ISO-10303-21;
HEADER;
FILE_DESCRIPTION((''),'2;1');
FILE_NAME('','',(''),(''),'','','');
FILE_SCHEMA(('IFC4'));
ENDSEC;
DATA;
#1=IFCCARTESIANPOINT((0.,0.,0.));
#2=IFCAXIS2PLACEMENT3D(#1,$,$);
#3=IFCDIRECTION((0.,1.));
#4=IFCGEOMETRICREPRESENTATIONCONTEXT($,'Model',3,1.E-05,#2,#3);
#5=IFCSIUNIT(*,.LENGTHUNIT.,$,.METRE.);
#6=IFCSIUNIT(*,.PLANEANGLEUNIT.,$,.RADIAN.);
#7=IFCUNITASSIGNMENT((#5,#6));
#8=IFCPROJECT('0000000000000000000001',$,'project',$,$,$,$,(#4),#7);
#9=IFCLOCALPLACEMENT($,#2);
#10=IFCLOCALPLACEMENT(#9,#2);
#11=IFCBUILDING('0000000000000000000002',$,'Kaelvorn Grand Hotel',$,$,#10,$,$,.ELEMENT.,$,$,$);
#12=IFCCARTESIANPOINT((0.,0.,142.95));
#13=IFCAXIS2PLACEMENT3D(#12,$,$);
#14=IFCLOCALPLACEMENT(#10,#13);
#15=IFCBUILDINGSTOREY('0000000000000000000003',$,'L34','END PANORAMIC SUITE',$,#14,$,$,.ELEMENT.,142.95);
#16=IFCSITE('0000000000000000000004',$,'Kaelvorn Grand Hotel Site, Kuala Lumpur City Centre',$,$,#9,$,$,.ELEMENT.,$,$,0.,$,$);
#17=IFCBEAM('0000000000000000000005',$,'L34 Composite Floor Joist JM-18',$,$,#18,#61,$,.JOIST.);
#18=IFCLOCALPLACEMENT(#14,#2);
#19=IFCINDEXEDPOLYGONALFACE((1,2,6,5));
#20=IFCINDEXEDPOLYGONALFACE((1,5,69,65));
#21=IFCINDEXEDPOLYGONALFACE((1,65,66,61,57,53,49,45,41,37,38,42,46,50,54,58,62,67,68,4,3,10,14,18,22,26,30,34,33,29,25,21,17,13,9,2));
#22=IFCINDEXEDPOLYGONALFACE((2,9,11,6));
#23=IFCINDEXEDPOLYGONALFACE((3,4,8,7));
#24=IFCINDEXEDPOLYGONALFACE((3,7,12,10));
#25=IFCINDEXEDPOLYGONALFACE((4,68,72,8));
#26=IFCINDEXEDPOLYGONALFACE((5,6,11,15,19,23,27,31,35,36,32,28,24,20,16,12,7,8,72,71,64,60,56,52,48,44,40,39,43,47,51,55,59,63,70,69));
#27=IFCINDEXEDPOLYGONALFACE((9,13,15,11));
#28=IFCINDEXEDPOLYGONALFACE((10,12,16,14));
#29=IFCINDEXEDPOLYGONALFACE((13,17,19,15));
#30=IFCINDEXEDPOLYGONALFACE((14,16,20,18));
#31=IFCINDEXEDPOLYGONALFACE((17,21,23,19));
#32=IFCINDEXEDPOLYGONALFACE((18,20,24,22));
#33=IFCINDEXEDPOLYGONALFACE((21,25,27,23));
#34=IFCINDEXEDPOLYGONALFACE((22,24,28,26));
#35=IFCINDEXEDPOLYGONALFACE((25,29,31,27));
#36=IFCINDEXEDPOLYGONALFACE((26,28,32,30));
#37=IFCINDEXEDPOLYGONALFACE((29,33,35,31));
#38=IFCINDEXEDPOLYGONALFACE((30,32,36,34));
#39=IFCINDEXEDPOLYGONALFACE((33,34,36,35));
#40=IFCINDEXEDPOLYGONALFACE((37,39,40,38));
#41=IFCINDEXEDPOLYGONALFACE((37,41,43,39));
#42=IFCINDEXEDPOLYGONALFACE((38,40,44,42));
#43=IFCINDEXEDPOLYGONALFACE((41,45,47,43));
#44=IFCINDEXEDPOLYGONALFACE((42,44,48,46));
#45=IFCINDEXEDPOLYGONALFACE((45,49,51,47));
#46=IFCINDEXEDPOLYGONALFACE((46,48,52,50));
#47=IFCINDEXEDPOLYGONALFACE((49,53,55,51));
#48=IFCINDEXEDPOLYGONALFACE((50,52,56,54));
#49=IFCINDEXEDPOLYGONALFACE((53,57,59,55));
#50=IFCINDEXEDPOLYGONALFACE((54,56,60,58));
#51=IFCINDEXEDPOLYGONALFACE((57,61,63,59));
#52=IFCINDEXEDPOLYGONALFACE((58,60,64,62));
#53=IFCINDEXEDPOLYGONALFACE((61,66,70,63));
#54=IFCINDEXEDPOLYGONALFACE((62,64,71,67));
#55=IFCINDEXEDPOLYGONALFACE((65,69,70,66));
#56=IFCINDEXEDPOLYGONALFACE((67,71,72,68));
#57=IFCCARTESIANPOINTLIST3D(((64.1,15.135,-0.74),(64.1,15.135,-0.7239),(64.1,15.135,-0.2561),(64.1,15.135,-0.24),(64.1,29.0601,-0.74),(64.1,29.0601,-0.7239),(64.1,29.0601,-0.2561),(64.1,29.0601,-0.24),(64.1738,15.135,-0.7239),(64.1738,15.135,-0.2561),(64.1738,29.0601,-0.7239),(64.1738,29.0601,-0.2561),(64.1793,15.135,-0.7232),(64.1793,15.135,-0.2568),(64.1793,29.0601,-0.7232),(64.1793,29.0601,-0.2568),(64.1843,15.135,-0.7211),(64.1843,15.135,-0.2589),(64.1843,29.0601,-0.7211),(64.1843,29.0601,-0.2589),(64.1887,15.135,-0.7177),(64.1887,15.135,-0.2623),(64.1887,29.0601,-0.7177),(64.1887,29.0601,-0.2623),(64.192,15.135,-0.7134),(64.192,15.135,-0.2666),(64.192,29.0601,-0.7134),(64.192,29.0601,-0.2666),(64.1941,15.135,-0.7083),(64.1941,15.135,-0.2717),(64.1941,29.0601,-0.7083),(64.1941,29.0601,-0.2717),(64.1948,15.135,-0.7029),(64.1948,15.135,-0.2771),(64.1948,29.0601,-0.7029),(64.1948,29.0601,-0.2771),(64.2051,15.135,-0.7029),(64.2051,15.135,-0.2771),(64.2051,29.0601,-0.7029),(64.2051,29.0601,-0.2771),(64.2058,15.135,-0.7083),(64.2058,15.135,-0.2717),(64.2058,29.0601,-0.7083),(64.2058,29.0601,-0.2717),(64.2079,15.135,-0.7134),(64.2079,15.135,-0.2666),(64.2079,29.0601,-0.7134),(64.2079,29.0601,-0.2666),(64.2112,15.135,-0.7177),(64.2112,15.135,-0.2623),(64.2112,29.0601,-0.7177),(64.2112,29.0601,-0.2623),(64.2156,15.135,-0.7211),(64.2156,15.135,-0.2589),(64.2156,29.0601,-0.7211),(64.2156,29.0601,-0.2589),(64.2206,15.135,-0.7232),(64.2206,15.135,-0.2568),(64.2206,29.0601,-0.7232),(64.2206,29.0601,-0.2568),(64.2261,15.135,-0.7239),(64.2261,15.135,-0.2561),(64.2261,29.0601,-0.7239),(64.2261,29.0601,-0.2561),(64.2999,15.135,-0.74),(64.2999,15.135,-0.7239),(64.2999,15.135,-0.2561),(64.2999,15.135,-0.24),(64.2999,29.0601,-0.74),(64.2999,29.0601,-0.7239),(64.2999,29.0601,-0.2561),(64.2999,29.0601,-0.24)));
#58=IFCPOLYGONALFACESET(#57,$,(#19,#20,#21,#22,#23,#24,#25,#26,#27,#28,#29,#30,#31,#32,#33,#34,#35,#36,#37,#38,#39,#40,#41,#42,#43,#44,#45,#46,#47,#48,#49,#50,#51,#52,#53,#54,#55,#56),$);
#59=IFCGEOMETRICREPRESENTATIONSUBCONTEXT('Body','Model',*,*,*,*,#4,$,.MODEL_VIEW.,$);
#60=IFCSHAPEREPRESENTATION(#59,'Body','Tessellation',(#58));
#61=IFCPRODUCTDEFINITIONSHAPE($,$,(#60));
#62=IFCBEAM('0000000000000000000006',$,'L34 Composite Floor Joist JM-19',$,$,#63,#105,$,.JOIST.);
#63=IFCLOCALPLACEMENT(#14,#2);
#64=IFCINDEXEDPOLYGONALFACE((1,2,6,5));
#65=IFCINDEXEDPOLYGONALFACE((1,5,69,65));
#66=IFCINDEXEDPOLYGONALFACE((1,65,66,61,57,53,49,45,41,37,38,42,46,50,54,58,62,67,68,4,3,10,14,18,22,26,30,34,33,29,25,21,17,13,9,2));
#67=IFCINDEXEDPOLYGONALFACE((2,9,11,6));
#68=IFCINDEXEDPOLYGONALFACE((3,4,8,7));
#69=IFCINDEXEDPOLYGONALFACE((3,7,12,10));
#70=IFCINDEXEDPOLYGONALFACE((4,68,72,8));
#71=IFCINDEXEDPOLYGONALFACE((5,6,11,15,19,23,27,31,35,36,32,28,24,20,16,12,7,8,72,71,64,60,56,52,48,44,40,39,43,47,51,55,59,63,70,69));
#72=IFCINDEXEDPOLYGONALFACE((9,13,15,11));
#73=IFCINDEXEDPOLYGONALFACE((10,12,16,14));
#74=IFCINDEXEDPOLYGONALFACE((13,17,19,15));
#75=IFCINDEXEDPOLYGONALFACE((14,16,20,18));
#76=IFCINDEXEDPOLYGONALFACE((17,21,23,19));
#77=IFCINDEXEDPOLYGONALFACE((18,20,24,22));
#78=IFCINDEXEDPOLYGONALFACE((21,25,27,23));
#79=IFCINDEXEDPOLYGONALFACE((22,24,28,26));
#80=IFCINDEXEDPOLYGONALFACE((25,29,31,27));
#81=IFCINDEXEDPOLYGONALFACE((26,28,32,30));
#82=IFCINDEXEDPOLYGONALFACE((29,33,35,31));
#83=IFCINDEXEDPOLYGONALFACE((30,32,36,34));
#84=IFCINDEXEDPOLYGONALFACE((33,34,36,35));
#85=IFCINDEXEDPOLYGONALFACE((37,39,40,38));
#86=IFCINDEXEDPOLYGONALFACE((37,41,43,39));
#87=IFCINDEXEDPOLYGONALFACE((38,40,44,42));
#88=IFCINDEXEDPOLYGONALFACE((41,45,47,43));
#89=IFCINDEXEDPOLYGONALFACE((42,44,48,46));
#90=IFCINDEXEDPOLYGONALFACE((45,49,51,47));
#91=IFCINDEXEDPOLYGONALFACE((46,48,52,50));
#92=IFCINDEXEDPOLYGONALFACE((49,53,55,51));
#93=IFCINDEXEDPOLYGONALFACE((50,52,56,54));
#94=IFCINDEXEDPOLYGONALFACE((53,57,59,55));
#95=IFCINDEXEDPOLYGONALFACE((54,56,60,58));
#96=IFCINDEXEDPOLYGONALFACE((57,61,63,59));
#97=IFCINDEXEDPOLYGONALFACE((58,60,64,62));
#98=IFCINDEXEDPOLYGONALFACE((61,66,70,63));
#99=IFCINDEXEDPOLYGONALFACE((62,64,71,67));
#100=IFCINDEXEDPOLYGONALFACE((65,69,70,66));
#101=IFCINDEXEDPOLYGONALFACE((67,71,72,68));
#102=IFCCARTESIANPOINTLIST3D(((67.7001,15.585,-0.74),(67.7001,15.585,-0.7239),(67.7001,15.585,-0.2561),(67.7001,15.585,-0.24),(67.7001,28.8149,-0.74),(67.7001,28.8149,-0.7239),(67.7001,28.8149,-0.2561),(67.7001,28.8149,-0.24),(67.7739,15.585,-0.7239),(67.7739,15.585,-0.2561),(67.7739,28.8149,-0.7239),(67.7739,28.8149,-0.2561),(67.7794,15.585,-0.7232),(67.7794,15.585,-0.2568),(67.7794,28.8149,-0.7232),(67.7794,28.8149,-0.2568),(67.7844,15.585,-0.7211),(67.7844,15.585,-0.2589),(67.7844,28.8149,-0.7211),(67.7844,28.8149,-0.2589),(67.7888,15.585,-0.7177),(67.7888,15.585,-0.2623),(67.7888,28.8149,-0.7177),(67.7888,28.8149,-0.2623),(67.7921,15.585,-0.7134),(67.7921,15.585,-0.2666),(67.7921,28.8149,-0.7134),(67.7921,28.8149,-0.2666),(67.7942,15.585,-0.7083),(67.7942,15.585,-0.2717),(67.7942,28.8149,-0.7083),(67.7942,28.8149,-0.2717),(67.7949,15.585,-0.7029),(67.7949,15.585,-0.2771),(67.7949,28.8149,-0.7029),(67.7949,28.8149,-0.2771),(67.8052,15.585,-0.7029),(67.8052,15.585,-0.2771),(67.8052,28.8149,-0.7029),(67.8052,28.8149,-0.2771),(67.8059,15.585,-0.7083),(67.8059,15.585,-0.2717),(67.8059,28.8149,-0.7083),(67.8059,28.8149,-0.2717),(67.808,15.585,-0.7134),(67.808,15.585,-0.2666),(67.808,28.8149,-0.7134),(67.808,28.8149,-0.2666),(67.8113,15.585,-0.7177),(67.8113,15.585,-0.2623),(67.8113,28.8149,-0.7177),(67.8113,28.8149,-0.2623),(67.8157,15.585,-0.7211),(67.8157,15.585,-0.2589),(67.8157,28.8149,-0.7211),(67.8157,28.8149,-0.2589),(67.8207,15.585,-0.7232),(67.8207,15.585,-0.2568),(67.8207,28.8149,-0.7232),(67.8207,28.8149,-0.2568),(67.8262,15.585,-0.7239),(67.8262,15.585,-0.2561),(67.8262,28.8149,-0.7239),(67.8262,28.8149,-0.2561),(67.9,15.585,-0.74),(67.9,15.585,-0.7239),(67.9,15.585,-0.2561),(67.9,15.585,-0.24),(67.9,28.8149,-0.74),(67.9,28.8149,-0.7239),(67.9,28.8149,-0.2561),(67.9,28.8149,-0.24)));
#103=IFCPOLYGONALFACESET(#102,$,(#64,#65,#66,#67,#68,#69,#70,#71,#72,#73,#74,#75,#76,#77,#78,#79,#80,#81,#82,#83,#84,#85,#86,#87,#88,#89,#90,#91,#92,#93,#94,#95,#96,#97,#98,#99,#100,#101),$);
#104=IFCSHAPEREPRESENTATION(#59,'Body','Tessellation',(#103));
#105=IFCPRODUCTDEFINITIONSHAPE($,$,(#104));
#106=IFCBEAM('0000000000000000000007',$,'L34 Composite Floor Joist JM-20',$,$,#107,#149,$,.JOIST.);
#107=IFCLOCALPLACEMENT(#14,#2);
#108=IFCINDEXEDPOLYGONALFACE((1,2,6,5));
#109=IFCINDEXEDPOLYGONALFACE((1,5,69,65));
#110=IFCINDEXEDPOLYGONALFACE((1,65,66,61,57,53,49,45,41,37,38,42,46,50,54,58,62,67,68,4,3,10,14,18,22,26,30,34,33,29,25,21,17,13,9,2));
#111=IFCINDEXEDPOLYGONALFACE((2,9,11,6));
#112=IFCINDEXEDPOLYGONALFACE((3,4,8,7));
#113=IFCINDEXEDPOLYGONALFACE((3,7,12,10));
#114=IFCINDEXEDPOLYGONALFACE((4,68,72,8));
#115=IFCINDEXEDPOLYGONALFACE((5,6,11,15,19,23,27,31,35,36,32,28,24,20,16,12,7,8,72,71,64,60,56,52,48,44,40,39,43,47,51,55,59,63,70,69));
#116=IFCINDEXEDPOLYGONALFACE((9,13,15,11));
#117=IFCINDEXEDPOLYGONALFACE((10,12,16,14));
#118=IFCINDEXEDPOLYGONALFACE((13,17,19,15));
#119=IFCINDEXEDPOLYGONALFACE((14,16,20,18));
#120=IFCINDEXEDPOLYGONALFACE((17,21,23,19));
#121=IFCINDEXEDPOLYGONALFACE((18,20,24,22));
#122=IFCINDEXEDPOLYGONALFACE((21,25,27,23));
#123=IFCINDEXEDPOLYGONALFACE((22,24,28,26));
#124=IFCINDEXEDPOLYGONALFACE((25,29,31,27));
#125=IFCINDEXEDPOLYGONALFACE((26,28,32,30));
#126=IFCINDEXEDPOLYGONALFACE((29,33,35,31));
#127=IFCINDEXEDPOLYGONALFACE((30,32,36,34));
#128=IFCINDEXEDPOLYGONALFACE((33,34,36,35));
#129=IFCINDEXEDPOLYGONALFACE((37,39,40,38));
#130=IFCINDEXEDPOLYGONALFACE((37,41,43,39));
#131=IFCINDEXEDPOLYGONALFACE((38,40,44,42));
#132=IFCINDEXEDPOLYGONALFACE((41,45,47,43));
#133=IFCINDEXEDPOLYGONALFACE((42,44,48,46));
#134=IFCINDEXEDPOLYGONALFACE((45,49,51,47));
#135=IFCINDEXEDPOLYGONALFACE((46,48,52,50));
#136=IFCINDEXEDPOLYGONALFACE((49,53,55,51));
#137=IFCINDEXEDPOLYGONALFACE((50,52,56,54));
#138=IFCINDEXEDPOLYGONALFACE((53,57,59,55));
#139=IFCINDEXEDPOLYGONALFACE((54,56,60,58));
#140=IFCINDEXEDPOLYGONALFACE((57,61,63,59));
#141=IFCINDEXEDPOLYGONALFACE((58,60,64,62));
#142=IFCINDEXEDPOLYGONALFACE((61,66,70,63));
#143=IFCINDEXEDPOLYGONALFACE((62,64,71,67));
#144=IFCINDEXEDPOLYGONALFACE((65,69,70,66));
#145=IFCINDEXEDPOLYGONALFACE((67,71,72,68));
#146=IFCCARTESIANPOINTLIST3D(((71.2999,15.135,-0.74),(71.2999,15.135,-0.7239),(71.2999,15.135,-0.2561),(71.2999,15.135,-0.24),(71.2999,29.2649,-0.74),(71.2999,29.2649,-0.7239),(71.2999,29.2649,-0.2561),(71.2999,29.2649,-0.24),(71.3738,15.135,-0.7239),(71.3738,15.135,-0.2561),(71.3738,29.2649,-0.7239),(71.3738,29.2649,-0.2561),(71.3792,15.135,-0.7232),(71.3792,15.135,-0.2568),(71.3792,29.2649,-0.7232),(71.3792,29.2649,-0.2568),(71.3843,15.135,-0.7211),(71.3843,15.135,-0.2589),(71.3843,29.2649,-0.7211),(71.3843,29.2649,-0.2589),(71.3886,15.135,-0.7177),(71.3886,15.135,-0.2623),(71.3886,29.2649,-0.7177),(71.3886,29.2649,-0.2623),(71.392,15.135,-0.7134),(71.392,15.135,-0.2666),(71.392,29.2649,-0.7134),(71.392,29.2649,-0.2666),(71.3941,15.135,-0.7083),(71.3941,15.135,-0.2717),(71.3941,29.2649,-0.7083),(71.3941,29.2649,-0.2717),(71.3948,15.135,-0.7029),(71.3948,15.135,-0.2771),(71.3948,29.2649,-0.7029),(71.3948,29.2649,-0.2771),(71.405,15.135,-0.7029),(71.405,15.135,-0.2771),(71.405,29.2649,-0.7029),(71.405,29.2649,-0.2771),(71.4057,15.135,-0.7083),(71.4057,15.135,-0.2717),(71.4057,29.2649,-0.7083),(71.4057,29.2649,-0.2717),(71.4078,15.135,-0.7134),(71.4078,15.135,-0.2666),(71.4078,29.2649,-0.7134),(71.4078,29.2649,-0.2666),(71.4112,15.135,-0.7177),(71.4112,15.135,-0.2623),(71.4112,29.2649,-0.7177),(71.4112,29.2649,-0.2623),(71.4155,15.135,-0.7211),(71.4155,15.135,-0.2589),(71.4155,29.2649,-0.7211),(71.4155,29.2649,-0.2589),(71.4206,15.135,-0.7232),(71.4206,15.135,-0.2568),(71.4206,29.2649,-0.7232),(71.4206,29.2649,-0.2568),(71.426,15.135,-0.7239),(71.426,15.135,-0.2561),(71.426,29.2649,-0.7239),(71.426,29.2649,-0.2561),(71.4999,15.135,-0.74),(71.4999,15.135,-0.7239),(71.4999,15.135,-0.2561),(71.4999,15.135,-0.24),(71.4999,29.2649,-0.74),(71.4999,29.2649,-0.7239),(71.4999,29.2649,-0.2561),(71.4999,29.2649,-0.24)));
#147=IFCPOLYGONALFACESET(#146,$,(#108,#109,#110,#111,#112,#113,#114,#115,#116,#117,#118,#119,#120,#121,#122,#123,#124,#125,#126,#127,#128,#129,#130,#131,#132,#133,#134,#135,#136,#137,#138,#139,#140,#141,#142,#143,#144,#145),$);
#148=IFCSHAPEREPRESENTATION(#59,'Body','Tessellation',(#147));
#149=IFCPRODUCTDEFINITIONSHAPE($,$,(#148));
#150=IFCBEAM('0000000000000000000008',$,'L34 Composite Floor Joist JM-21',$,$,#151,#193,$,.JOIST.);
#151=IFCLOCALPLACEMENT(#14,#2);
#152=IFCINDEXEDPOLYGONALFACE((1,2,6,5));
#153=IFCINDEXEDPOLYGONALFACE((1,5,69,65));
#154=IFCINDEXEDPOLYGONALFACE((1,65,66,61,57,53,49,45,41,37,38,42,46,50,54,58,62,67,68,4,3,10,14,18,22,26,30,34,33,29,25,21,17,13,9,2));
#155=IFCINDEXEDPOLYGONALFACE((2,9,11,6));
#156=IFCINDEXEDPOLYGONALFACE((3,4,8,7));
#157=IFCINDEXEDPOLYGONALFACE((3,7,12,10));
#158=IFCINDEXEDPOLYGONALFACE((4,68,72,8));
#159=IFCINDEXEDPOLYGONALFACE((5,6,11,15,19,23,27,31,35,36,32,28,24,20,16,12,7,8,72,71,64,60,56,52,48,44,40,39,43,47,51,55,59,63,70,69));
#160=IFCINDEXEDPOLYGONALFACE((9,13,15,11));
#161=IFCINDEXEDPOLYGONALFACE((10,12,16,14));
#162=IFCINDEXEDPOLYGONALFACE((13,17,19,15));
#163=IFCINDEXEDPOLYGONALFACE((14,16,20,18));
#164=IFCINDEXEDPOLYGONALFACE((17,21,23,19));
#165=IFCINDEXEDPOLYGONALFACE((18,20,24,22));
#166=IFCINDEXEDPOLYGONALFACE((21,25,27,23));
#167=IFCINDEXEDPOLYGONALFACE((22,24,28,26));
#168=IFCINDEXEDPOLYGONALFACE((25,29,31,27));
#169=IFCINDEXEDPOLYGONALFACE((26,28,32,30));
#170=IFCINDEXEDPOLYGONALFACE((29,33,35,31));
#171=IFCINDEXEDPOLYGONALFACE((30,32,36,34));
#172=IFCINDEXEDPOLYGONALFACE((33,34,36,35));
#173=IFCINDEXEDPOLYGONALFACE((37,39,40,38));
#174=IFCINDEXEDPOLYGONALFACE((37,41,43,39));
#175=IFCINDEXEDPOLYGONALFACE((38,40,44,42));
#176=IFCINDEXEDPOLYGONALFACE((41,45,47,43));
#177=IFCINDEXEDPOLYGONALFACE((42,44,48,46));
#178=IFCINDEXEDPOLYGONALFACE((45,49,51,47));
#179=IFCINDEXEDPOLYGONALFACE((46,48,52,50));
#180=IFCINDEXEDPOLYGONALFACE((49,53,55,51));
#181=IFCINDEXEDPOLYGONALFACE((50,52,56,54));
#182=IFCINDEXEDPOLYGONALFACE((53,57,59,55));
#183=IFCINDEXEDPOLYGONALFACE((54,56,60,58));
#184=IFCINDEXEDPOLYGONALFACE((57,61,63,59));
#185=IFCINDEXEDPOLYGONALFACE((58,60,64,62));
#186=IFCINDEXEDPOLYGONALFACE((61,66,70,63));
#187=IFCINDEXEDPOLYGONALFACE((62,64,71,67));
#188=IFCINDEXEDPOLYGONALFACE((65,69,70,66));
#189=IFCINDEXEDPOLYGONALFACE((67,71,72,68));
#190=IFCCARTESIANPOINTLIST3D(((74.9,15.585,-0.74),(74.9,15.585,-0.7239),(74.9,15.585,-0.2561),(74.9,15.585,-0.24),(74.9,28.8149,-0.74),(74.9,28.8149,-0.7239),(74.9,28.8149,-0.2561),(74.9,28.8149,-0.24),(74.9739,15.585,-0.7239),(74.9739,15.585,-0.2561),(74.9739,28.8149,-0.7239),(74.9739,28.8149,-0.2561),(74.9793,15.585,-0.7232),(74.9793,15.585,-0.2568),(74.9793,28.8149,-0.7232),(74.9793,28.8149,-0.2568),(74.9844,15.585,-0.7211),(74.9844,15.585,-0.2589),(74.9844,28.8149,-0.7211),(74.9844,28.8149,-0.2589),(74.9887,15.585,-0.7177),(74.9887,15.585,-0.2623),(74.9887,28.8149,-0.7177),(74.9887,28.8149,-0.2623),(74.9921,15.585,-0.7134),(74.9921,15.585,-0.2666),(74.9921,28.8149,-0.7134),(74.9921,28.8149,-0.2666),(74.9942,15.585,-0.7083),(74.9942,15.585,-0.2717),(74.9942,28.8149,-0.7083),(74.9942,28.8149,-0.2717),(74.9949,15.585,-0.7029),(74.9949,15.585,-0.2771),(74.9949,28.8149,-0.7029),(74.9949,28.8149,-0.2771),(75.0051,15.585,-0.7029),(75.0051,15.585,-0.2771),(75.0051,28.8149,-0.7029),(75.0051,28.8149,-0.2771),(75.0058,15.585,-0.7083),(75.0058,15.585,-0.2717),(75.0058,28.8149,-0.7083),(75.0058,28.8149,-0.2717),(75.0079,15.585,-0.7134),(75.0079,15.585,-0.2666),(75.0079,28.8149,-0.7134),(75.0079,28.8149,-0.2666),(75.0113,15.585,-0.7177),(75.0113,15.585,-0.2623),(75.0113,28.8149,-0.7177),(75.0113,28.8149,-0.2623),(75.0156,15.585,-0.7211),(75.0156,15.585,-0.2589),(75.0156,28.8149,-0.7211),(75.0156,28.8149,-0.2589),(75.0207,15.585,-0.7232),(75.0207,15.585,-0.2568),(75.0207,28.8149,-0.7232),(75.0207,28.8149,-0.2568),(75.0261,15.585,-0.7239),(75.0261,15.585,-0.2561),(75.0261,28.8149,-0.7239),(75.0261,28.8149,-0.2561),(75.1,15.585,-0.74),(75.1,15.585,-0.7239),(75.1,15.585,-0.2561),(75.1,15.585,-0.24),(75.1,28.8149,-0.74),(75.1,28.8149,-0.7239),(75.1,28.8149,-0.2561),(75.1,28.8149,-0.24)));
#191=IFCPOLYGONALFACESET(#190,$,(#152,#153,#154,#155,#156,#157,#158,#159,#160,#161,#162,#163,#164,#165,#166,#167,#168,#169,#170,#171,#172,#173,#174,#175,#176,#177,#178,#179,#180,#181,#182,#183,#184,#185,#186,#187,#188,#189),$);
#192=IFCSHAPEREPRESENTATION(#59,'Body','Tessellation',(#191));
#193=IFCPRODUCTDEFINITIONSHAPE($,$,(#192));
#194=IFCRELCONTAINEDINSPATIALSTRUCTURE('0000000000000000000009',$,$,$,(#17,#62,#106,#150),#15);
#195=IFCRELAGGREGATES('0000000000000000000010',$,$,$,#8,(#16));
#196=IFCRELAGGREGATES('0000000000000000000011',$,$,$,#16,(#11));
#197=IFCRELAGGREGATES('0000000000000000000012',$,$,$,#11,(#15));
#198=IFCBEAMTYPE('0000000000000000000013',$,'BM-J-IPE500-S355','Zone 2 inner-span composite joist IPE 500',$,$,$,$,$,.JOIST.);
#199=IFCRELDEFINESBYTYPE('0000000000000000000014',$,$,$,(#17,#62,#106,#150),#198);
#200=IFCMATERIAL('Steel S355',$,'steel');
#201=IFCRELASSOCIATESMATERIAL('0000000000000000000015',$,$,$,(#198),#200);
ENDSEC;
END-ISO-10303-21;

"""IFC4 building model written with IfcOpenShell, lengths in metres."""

from ifc_helpers import new_model, si_unit, direction, frame, origin, origin_2d, place, context, subcontext, project, spatial, i_section, extrude, material, material_profile, profile_set, type_object, element, save


model = new_model("IFC4")

# Units and contexts
model_context = context("Model", 3, precision=1e-05, world=origin(), true_north=direction((0.0, 1.0)))
body_context = subcontext(model_context, "Body", "Model", "MODEL_VIEW")
ifc_project = project(units=[si_unit("LENGTHUNIT", "METRE"), si_unit("PLANEANGLEUNIT", "RADIAN")], contexts=[model_context])

# Site, building, storey
site_placement = place(None, origin())
site = spatial("IfcSite", under=ifc_project, at=site_placement, Name="Kaelvorn Grand Hotel Site, Kuala Lumpur City Centre", CompositionType="ELEMENT", RefElevation=0.0)
building_placement = place(site_placement, origin())
building = spatial("IfcBuilding", under=site, at=building_placement, Name="Kaelvorn Grand Hotel", CompositionType="ELEMENT")
storey_placement = place(building_placement, frame((0.0, 0.0, 142.95)))
storey = spatial("IfcBuildingStorey", under=building, at=storey_placement, Name="L34", Description="END PANORAMIC SUITE", CompositionType="ELEMENT", Elevation=142.95)

# Beams
ifc_material_1 = material(Name="Steel S355", Category="steel")
ifc_material_profile_1 = material_profile(ifc_material_1, i_section(OverallWidth=0.2, OverallDepth=0.5, WebThickness=0.0103, FlangeThickness=0.0161, FilletRadius=0.021, at=origin_2d()), Name="IPE 500")
ifc_profile_set_1 = profile_set([ifc_material_profile_1], Name="Steel S355")
beam_type_1 = type_object("IfcBeamType", Name="BM-J-IPE500-S355", Description="Zone 2 inner-span composite joist IPE 500", PredefinedType="JOIST", material=ifc_profile_set_1)
beam_1_placement = place(storey_placement, frame((64.2, 15.135, -0.49), z_axis=(0.0, 1.0, 0.0), x_axis=(-1.0, 0.0, 0.0)))
element("IfcBeam", 1, at=beam_1_placement, inside=storey, type_object=beam_type_1, Name="L34 Composite Floor Joist JM-18", PredefinedType="JOIST", context=body_context, shape_type="SweptSolid", body=[
    extrude(i_section(OverallWidth=0.2, OverallDepth=0.5, WebThickness=0.0103, FlangeThickness=0.0161, FilletRadius=0.021, at=origin_2d()), origin(), (0.0, 0.0, 1.0), 13.925),
])
beam_2_placement = place(storey_placement, frame((67.8, 15.585, -0.49), z_axis=(0.0, 1.0, 0.0), x_axis=(-1.0, 0.0, 0.0)))
element("IfcBeam", 2, at=beam_2_placement, inside=storey, type_object=beam_type_1, Name="L34 Composite Floor Joist JM-19", PredefinedType="JOIST", context=body_context, shape_type="SweptSolid", body=[
    extrude(i_section(OverallWidth=0.2, OverallDepth=0.5, WebThickness=0.0103, FlangeThickness=0.0161, FilletRadius=0.021, at=origin_2d()), origin(), (0.0, 0.0, 1.0), 13.23),
])
beam_3_placement = place(storey_placement, frame((71.3999, 15.135, -0.49), z_axis=(0.0, 1.0, 0.0), x_axis=(-1.0, 0.0, 0.0)))
element("IfcBeam", 3, at=beam_3_placement, inside=storey, type_object=beam_type_1, Name="L34 Composite Floor Joist JM-20", PredefinedType="JOIST", context=body_context, shape_type="SweptSolid", body=[
    extrude(i_section(OverallWidth=0.2, OverallDepth=0.5, WebThickness=0.0103, FlangeThickness=0.0161, FilletRadius=0.021, at=origin_2d()), origin(), (0.0, 0.0, 1.0), 14.1299),
])
beam_4_placement = place(storey_placement, frame((75.0, 15.585, -0.49), z_axis=(0.0, 1.0, 0.0), x_axis=(-1.0, 0.0, 0.0)))
element("IfcBeam", 4, at=beam_4_placement, inside=storey, type_object=beam_type_1, Name="L34 Composite Floor Joist JM-21", PredefinedType="JOIST", context=body_context, shape_type="SweptSolid", body=[
    extrude(i_section(OverallWidth=0.2, OverallDepth=0.5, WebThickness=0.0103, FlangeThickness=0.0161, FilletRadius=0.021, at=origin_2d()), origin(), (0.0, 0.0, 1.0), 13.23),
])

save(model, "model.ifc")
